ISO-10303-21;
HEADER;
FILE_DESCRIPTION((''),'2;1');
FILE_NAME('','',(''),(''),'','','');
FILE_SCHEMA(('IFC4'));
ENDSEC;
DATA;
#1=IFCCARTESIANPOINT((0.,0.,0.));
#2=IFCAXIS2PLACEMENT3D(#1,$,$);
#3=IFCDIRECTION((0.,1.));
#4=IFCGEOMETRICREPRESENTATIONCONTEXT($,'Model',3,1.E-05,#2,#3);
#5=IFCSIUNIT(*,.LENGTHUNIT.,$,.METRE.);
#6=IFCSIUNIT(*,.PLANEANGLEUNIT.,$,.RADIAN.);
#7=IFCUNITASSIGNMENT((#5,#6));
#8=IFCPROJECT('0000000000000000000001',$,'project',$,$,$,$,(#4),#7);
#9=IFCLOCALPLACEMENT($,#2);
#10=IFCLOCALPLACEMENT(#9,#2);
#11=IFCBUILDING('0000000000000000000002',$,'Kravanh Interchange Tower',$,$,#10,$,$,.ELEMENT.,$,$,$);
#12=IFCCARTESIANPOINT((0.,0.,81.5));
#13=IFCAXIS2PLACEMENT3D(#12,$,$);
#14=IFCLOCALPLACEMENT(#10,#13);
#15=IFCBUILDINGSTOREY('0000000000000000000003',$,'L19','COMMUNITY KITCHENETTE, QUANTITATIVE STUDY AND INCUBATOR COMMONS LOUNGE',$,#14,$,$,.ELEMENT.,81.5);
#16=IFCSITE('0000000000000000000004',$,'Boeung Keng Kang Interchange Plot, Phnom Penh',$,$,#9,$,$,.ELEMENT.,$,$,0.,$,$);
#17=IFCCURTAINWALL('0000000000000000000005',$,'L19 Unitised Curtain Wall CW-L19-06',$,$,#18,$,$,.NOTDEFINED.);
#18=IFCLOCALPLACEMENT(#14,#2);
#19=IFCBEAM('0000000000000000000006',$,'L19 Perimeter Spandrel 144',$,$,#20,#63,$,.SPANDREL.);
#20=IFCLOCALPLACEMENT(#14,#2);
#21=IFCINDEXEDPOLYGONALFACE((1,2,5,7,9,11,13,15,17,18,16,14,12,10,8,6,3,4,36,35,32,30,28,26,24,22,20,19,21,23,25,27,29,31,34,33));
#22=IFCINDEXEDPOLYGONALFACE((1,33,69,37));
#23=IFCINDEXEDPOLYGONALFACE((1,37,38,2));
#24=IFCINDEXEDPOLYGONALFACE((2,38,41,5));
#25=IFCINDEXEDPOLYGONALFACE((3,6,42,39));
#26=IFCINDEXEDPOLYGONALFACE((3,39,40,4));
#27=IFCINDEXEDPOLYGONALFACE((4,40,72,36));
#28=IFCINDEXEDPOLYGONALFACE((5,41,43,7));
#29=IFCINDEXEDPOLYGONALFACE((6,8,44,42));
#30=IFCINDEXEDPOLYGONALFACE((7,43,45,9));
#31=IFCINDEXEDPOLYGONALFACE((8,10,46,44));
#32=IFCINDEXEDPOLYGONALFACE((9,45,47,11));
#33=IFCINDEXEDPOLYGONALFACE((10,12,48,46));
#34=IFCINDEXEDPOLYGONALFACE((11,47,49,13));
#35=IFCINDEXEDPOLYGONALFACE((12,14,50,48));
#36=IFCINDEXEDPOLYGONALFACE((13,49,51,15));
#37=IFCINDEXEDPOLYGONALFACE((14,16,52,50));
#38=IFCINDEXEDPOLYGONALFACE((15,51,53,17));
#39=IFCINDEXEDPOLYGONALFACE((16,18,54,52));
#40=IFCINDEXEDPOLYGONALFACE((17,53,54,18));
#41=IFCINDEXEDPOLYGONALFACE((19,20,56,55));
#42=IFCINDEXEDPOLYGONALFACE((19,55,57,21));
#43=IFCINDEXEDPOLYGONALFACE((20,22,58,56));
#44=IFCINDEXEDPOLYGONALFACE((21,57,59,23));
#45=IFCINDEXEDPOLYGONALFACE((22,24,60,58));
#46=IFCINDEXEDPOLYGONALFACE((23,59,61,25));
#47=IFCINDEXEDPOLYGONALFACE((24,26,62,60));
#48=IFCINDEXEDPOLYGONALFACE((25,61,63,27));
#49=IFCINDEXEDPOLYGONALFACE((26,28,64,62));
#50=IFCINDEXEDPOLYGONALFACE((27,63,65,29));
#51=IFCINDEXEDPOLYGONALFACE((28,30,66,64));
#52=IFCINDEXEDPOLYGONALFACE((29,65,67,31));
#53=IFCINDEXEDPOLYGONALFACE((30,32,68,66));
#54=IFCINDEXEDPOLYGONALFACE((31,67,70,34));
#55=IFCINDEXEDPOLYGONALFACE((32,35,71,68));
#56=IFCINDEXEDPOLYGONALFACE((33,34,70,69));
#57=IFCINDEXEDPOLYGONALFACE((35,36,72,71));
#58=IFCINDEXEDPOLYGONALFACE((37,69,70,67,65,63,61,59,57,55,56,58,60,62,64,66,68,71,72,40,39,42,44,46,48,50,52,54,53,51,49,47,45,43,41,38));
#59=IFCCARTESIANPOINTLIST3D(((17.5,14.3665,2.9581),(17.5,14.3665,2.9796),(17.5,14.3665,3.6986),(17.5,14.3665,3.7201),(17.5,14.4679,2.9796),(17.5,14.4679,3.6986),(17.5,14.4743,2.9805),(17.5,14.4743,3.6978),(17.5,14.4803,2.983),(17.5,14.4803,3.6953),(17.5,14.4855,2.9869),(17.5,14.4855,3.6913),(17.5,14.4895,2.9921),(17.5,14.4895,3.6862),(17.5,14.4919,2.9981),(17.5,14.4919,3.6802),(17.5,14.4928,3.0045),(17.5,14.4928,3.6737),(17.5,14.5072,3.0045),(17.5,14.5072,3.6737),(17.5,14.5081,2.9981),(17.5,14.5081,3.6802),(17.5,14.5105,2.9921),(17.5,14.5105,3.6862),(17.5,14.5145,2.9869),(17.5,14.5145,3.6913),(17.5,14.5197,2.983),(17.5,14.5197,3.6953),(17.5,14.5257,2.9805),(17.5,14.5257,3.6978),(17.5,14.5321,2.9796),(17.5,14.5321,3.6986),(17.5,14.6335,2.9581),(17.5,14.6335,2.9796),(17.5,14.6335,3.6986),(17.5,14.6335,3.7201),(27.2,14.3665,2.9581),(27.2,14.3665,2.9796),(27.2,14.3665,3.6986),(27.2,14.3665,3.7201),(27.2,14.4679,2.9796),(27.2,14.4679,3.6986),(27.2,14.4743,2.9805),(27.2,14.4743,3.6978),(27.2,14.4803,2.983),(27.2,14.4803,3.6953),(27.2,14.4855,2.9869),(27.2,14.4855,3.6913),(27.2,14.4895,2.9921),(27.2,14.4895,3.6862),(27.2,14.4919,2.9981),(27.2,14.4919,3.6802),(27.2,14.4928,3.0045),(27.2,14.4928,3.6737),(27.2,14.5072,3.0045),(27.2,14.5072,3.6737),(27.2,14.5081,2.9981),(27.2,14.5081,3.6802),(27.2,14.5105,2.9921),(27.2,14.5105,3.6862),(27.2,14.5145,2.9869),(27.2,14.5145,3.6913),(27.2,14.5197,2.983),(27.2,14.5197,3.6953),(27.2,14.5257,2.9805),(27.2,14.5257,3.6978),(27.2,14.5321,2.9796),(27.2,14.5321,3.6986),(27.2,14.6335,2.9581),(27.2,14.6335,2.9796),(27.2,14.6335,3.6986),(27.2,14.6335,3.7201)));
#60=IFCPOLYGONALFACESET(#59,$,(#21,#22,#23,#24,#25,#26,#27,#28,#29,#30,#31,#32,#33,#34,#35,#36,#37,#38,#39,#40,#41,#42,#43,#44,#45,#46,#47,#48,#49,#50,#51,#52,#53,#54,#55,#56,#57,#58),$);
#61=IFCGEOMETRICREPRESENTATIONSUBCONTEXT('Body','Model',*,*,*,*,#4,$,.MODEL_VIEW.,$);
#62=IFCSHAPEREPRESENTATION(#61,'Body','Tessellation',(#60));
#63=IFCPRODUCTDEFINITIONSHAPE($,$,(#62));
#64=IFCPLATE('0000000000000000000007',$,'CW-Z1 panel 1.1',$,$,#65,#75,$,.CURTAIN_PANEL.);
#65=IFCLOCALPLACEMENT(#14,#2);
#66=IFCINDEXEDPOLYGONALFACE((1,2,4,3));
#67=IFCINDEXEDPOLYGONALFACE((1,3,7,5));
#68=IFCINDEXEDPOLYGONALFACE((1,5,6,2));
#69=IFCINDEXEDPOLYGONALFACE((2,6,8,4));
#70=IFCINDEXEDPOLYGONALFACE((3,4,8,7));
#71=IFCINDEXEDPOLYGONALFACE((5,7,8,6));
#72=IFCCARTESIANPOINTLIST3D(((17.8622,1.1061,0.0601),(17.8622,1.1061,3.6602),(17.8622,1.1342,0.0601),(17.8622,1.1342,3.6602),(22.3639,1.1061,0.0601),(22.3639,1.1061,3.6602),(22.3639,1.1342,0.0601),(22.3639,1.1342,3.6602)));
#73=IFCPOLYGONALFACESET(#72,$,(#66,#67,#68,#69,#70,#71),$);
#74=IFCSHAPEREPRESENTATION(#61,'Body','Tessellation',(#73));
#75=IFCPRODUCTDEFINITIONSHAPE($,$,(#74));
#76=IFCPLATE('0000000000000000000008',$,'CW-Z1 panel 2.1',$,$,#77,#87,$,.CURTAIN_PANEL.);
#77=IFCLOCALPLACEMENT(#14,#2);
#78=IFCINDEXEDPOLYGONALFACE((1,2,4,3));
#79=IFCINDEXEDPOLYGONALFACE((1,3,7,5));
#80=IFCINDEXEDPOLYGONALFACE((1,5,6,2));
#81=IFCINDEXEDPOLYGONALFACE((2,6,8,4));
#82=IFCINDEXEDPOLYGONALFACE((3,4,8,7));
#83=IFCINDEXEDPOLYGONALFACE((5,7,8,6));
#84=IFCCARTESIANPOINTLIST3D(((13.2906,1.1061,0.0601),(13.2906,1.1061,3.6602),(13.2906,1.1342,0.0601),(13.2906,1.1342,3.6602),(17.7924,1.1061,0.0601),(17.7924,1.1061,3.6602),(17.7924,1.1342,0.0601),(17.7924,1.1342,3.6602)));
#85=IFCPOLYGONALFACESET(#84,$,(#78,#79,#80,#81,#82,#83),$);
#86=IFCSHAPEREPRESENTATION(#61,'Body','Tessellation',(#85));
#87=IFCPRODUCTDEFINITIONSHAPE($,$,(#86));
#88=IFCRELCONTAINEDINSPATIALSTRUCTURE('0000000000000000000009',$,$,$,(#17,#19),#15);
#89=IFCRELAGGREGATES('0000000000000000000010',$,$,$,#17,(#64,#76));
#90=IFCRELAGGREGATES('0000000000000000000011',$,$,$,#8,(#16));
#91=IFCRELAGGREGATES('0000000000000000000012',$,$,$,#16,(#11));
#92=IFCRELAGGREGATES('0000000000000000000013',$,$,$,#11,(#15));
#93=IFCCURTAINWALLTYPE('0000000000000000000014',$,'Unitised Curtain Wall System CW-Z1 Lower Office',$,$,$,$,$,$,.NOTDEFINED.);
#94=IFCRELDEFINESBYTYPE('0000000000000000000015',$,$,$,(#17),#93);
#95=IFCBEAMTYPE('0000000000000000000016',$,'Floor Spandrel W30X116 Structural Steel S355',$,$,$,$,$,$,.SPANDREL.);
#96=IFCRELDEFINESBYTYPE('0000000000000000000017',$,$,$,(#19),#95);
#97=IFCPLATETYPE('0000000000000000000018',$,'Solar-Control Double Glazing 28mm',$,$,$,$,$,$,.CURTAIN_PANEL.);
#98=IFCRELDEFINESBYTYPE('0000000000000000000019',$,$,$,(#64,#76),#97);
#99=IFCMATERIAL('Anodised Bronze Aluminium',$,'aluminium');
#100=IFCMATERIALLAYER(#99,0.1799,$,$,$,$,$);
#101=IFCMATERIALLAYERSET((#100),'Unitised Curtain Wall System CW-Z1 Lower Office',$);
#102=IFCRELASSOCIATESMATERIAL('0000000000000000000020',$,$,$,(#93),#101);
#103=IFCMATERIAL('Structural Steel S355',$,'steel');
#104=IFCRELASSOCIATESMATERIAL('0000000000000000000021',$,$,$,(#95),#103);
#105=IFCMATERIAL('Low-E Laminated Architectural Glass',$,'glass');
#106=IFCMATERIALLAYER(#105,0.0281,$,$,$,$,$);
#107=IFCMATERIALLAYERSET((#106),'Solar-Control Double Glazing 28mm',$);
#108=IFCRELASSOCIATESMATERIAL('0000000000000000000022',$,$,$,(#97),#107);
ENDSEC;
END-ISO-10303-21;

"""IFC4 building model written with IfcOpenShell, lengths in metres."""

from ifc_helpers import new_model, si_unit, direction, frame, origin, origin_2d, place, context, subcontext, project, spatial, rectangle, i_section, extrude, material, layer, layer_set, material_profile, profile_set, type_object, element, aggregate, save


model = new_model("IFC4")

# Units and contexts
model_context = context("Model", 3, precision=1e-05, world=origin(), true_north=direction((0.0, 1.0)))
body_context = subcontext(model_context, "Body", "Model", "MODEL_VIEW")
ifc_project = project(units=[si_unit("LENGTHUNIT", "METRE"), si_unit("PLANEANGLEUNIT", "RADIAN")], contexts=[model_context])

# Site, building, storey
site_placement = place(None, origin())
site = spatial("IfcSite", under=ifc_project, at=site_placement, Name="Boeung Keng Kang Interchange Plot, Phnom Penh", CompositionType="ELEMENT", RefElevation=0.0)
building_placement = place(site_placement, origin())
building = spatial("IfcBuilding", under=site, at=building_placement, Name="Kravanh Interchange Tower", CompositionType="ELEMENT")
storey_placement = place(building_placement, frame((0.0, 0.0, 81.5)))
storey = spatial("IfcBuildingStorey", under=building, at=storey_placement, Name="L19", Description="COMMUNITY KITCHENETTE, QUANTITATIVE STUDY AND INCUBATOR COMMONS LOUNGE", CompositionType="ELEMENT", Elevation=81.5)

# Curtain wall
ifc_material_1 = material(Name="Anodised Bronze Aluminium", Category="aluminium")
ifc_layer_1 = layer(ifc_material_1, 0.1799)
ifc_layer_set_1 = layer_set([ifc_layer_1], Name="Unitised Curtain Wall System CW-Z1 Lower Office")
curtain_wall_type = type_object("IfcCurtainWallType", Name="Unitised Curtain Wall System CW-Z1 Lower Office", PredefinedType="NOTDEFINED", material=ifc_layer_set_1)
curtain_wall_placement = place(storey_placement, origin())
curtain_wall = element("IfcCurtainWall", 1, at=curtain_wall_placement, inside=storey, type_object=curtain_wall_type, Name="L19 Unitised Curtain Wall CW-L19-06", PredefinedType="NOTDEFINED")

# Beam
ifc_material_2 = material(Name="Structural Steel S355", Category="steel")
ifc_material_profile_1 = material_profile(ifc_material_2, i_section(OverallWidth=0.2671, OverallDepth=0.762, WebThickness=0.0144, FlangeThickness=0.0215, FilletRadius=0.0249, at=origin_2d()), Name="W30X116")
ifc_profile_set_1 = profile_set([ifc_material_profile_1], Name="Structural Steel S355")
beam_type_1 = type_object("IfcBeamType", Name="Floor Spandrel W30X116 Structural Steel S355", PredefinedType="SPANDREL", material=ifc_profile_set_1)
beam_1_placement = place(storey_placement, frame((17.5, 14.5, 3.3391), z_axis=(1.0, 0.0, 0.0), x_axis=(0.0, 1.0, 0.0)))
element("IfcBeam", 2, at=beam_1_placement, inside=storey, type_object=beam_type_1, Name="L19 Perimeter Spandrel 144", PredefinedType="SPANDREL", context=body_context, shape_type="SweptSolid", body=[
    extrude(i_section(OverallWidth=0.2671, OverallDepth=0.762, WebThickness=0.0144, FlangeThickness=0.0215, FilletRadius=0.0249, at=origin_2d()), origin(), (0.0, 0.0, 1.0), 9.7),
])

# Plates
ifc_material_3 = material(Name="Low-E Laminated Architectural Glass", Category="glass")
ifc_layer_2 = layer(ifc_material_3, 0.0281)
ifc_layer_set_2 = layer_set([ifc_layer_2], Name="Solar-Control Double Glazing 28mm")
plate_type = type_object("IfcPlateType", Name="Solar-Control Double Glazing 28mm", PredefinedType="CURTAIN_PANEL", material=ifc_layer_set_2)
plate_1_placement = place(storey_placement, frame((20.113, 1.1201, 0.0601), z_axis=(0.0, 0.0, 1.0), x_axis=(-1.0, 0.0, 0.0)))
plate_1 = element("IfcPlate", 3, at=plate_1_placement, type_object=plate_type, Name="CW-Z1 panel 1.1", PredefinedType="CURTAIN_PANEL", context=body_context, shape_type="SweptSolid", body=[
    extrude(rectangle(XDim=4.5017, YDim=0.0281, at=origin_2d()), origin(), (0.0, 0.0, 1.0), 3.6001),
])
plate_2_placement = place(storey_placement, frame((15.5415, 1.1201, 0.0601), z_axis=(0.0, 0.0, 1.0), x_axis=(-1.0, 0.0, 0.0)))
plate_2 = element("IfcPlate", 4, at=plate_2_placement, type_object=plate_type, Name="CW-Z1 panel 2.1", PredefinedType="CURTAIN_PANEL", context=body_context, shape_type="SweptSolid", body=[
    extrude(rectangle(XDim=4.5017, YDim=0.0281, at=origin_2d()), origin(), (0.0, 0.0, 1.0), 3.6001),
])
aggregate(curtain_wall, [plate_1, plate_2])

save(model, "model.ifc")
